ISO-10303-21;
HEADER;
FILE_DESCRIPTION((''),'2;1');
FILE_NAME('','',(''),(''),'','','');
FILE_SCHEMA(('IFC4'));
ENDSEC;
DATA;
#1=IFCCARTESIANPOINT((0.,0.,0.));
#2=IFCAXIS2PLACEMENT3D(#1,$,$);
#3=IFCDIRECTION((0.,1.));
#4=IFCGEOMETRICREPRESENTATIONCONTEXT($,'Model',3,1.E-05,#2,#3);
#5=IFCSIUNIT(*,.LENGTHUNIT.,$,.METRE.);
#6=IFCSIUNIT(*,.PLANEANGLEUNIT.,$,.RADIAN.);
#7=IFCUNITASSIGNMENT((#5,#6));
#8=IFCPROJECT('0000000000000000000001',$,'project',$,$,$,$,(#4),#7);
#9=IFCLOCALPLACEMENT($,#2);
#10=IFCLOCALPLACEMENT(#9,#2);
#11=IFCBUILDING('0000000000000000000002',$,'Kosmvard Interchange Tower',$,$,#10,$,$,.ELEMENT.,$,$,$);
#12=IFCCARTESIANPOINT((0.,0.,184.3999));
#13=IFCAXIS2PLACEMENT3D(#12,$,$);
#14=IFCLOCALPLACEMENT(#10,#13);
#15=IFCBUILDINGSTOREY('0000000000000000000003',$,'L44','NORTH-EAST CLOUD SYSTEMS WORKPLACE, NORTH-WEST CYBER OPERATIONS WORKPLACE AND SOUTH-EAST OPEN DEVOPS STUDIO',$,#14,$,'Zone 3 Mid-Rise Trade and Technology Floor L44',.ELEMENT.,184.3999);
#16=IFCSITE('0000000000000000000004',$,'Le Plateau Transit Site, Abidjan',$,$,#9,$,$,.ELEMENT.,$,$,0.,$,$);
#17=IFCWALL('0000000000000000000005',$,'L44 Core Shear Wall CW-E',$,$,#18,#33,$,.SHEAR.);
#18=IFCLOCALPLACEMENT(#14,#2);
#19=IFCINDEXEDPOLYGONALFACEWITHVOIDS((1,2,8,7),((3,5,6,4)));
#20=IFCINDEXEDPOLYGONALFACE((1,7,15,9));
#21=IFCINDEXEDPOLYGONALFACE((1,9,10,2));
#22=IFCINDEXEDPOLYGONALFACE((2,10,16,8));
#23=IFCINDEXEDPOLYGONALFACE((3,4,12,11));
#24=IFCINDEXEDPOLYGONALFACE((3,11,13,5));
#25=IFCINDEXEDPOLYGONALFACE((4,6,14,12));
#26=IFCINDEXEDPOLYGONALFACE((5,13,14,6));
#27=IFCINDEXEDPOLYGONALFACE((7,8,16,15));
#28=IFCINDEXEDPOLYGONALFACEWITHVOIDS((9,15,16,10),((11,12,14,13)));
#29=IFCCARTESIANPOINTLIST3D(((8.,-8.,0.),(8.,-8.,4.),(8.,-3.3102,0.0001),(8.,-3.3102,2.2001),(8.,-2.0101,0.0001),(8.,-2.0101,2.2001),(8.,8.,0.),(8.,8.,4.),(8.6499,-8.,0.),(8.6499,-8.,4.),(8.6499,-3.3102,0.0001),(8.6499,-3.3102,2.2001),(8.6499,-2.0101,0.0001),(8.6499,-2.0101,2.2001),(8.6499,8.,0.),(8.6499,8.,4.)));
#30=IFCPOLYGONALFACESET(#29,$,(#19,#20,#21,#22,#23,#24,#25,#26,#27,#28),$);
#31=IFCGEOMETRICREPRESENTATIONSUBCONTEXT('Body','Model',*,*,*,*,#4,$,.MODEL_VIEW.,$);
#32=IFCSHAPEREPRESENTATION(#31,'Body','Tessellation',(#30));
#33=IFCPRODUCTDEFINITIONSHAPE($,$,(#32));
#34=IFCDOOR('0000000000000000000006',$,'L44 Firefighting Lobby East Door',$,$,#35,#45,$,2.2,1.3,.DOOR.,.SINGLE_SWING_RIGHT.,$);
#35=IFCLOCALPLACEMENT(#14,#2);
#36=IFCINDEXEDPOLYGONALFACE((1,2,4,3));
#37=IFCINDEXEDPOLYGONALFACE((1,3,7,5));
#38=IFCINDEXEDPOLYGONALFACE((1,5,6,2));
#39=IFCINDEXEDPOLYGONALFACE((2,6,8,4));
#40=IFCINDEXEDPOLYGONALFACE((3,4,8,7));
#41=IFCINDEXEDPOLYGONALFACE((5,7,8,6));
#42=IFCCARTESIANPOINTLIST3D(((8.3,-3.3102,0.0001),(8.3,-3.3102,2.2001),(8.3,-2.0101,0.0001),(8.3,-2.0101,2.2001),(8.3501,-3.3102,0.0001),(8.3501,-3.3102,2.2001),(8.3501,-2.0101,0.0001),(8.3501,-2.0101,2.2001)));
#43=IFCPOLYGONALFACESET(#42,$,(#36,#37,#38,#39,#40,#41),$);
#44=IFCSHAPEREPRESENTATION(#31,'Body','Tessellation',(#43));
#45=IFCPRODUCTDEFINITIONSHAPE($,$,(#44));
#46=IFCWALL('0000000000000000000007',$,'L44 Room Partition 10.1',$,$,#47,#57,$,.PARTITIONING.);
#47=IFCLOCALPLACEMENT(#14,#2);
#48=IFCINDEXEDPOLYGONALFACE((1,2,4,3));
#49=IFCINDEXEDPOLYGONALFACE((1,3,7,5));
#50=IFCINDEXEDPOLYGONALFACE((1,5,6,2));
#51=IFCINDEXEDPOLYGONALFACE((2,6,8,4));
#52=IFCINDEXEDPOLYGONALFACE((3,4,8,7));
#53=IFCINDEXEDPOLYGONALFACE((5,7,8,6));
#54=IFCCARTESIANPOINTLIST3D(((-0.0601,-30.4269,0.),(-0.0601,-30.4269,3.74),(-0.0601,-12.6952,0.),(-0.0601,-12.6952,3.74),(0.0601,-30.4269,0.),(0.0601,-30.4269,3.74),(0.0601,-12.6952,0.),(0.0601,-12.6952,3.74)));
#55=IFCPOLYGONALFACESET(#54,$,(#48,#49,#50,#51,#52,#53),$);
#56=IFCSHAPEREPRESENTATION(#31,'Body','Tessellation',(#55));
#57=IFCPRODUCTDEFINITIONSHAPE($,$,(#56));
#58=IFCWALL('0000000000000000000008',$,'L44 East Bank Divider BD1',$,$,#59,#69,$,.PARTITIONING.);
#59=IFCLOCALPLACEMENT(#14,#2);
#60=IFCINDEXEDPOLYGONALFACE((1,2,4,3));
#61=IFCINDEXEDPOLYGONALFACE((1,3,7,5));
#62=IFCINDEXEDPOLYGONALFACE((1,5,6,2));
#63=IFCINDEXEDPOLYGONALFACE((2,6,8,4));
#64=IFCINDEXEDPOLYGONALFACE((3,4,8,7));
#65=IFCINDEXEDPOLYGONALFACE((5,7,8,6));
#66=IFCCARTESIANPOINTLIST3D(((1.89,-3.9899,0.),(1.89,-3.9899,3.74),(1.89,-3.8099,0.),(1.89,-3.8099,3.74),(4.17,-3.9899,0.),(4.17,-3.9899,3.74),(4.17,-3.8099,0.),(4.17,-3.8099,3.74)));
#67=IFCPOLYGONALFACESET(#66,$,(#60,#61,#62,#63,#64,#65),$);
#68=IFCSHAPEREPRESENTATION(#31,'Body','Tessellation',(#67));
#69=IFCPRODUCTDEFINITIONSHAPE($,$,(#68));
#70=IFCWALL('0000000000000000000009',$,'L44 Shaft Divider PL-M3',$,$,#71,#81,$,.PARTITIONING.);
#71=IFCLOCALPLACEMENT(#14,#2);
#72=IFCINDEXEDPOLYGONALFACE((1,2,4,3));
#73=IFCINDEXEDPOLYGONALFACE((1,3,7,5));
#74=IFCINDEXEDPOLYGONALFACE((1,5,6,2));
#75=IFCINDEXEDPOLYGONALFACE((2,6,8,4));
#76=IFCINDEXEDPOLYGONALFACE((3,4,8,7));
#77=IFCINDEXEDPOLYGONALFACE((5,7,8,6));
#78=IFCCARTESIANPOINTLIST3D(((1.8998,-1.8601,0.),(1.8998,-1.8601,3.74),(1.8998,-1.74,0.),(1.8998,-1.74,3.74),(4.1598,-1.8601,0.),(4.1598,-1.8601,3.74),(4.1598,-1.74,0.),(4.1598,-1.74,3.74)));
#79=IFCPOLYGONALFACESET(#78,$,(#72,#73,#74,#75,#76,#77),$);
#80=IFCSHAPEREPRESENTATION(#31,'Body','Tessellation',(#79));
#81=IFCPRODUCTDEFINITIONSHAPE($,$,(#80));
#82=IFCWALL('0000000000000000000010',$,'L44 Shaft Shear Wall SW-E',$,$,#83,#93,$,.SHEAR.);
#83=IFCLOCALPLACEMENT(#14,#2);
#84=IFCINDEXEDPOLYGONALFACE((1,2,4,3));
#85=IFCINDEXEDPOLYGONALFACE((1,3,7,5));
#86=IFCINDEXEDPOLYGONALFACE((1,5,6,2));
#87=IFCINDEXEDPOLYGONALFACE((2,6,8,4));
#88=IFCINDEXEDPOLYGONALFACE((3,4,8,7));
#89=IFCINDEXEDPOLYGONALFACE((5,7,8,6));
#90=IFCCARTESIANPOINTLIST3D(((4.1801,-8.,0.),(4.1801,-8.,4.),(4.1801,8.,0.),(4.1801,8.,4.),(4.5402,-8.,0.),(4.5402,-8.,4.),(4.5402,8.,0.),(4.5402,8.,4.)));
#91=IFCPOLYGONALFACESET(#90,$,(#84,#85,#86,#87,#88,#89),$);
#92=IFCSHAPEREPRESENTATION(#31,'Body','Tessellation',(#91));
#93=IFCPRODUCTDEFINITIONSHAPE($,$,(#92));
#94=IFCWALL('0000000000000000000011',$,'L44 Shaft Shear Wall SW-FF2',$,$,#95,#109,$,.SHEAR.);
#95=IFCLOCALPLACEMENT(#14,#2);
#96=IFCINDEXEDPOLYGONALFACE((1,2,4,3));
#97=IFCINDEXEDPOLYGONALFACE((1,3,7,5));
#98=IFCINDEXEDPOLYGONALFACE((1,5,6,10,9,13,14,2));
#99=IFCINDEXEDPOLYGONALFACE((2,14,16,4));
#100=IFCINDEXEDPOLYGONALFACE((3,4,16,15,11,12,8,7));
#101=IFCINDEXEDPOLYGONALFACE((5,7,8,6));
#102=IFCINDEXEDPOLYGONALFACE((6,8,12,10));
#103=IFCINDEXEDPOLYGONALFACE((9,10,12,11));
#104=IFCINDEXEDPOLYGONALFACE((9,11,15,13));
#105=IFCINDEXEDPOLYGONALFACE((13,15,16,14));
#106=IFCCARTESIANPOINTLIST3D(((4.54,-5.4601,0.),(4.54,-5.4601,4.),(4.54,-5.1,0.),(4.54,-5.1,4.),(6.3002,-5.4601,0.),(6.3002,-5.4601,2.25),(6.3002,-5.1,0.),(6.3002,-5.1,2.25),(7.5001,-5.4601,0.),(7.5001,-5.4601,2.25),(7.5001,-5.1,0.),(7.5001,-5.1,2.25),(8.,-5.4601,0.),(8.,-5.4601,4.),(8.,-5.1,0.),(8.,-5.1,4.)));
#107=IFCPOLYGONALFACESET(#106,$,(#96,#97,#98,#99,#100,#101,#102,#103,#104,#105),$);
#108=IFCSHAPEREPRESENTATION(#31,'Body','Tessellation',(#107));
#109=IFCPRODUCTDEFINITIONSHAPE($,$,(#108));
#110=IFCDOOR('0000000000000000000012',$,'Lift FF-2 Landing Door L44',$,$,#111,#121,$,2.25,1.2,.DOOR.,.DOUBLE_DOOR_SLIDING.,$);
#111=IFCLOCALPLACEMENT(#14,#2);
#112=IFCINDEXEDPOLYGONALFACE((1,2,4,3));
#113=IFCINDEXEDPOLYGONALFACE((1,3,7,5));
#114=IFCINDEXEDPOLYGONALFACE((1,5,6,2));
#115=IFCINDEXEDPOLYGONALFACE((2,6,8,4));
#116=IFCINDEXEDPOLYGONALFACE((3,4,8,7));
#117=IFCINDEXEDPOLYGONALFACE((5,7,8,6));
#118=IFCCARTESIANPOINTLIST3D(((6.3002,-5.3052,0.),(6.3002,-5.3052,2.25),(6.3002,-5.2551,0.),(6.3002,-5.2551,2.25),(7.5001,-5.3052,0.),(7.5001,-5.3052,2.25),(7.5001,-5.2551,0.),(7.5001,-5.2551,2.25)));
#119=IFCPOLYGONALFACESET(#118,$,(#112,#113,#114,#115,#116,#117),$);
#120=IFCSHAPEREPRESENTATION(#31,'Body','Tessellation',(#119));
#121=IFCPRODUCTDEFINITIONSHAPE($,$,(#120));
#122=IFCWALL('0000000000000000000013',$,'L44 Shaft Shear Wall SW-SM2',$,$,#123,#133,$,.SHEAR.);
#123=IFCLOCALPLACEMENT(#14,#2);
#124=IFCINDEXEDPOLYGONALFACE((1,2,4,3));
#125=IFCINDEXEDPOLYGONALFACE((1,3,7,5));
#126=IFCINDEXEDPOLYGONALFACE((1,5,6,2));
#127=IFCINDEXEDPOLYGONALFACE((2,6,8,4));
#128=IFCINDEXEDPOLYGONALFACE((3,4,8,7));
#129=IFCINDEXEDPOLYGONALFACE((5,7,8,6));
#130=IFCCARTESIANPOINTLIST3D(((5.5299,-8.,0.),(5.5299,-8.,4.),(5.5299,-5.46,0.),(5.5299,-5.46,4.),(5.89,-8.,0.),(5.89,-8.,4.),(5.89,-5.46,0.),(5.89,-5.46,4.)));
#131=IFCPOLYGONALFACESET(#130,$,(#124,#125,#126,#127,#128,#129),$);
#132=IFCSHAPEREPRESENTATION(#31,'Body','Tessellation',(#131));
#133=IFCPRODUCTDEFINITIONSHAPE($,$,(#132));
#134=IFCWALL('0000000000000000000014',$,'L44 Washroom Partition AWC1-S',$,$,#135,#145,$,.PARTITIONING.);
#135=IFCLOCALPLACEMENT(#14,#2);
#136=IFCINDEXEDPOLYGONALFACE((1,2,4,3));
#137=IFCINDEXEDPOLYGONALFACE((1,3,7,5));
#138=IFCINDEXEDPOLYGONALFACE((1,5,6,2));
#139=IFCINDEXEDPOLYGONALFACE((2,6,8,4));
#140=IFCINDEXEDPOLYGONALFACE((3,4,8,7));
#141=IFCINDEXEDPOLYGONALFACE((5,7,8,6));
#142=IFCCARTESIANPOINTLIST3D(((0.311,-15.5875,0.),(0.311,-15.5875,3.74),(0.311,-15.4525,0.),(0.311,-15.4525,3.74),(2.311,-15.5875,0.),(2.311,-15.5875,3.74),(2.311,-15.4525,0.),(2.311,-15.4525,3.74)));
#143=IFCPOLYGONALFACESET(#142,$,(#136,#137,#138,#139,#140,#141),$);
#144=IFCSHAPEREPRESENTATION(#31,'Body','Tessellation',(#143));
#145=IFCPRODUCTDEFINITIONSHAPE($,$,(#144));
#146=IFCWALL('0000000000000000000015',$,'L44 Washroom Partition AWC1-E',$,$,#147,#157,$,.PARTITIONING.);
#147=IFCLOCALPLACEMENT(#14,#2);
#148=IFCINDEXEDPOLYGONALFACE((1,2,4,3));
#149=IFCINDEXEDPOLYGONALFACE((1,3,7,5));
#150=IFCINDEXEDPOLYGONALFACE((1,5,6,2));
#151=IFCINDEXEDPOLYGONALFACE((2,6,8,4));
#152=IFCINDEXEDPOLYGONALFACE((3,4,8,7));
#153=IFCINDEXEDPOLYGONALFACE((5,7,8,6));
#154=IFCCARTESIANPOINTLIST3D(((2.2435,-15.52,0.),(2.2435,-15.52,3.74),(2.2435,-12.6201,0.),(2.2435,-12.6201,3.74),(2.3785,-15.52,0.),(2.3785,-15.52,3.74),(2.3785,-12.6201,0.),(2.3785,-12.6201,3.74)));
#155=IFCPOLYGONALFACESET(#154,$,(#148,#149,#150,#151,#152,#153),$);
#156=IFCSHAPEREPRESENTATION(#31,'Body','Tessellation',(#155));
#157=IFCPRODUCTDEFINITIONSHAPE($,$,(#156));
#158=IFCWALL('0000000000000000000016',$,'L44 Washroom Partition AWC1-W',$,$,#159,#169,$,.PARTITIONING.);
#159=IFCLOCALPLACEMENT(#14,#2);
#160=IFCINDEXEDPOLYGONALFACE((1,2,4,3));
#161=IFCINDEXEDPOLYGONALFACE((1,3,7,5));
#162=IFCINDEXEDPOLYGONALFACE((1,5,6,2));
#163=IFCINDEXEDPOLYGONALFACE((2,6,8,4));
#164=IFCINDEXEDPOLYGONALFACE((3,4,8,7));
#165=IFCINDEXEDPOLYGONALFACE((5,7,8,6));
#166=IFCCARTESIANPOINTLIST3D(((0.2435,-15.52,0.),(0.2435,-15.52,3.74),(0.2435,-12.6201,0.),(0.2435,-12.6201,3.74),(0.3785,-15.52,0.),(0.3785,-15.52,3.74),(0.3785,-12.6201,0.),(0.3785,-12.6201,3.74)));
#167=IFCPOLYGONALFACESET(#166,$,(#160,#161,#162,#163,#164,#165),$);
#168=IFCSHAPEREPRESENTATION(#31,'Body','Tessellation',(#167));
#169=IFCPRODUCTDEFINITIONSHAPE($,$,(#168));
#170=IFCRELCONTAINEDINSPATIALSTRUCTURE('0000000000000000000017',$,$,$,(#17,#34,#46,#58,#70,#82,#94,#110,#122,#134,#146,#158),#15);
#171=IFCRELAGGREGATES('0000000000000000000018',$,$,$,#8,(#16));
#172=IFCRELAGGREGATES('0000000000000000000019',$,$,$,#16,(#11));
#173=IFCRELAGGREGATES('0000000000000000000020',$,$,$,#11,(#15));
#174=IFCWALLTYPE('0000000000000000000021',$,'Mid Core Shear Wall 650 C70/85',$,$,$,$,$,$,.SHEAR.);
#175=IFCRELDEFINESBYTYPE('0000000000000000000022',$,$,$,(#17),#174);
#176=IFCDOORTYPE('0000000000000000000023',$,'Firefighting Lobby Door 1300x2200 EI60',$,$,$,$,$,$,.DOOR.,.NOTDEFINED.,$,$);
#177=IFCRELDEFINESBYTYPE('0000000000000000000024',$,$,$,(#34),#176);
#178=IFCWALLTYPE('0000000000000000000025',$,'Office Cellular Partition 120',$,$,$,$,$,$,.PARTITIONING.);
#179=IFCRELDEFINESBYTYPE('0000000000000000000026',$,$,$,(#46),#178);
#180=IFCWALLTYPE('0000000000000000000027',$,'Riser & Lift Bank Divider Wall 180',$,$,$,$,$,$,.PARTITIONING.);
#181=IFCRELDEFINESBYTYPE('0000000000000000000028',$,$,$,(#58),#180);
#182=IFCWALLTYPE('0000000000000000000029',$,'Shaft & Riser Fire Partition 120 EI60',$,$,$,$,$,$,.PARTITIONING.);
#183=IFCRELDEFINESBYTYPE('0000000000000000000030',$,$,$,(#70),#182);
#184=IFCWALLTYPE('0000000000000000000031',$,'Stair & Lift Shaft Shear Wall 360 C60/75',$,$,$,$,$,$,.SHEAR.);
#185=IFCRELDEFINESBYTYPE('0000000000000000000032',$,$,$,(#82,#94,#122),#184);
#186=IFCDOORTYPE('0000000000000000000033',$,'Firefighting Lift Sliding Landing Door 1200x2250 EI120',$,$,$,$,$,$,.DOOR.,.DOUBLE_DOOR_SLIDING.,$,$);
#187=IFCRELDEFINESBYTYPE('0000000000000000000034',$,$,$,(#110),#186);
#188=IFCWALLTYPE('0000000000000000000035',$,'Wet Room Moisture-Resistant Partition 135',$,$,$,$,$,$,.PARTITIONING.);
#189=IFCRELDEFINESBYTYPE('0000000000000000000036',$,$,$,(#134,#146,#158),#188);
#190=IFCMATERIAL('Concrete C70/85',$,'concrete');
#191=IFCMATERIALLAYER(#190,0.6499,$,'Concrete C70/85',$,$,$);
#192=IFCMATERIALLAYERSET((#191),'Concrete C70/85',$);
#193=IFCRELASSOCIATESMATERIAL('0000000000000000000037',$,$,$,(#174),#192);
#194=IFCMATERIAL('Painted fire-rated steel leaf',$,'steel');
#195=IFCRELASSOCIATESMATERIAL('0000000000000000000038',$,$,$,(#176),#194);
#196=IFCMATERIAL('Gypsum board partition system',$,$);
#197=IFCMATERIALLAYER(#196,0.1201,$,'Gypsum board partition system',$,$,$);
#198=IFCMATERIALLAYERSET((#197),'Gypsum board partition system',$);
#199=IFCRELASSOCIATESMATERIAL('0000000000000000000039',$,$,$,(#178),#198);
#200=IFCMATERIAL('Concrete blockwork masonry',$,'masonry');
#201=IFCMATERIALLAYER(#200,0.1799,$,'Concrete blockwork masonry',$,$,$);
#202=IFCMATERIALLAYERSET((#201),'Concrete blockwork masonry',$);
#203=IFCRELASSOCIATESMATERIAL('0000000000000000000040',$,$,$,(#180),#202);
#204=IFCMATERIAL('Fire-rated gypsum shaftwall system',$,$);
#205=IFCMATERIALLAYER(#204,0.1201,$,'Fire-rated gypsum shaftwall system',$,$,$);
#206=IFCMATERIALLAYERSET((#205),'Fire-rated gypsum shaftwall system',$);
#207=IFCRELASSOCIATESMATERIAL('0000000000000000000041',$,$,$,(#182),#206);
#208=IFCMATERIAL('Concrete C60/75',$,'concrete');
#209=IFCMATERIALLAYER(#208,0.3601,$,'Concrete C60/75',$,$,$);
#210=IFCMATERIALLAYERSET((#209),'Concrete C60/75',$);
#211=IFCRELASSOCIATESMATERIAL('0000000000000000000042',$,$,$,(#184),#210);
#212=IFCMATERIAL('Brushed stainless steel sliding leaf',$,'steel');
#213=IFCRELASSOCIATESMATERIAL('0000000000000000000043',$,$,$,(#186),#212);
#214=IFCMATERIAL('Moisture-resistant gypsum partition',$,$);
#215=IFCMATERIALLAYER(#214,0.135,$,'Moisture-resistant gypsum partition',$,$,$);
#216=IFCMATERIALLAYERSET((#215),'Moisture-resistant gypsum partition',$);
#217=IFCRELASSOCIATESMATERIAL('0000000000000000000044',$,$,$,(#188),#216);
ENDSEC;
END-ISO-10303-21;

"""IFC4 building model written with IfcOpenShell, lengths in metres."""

from ifc_helpers import new_model, si_unit, direction, frame, frame_2d, origin, place, context, subcontext, project, spatial, rectangle, extrude, source, transform, mapped, material, layer, layer_set, type_object, element, fill, save


model = new_model("IFC4")

# Units and contexts
model_context = context("Model", 3, precision=1e-05, world=origin(), true_north=direction((0.0, 1.0)))
body_context = subcontext(model_context, "Body", "Model", "MODEL_VIEW")
ifc_project = project(units=[si_unit("LENGTHUNIT", "METRE"), si_unit("PLANEANGLEUNIT", "RADIAN")], contexts=[model_context])

# Site, building, storey
site_placement = place(None, origin())
site = spatial("IfcSite", under=ifc_project, at=site_placement, Name="Le Plateau Transit Site, Abidjan", CompositionType="ELEMENT", RefElevation=0.0)
building_placement = place(site_placement, origin())
building = spatial("IfcBuilding", under=site, at=building_placement, Name="Kosmvard Interchange Tower", CompositionType="ELEMENT")
storey_placement = place(building_placement, frame((0.0, 0.0, 184.3999)))
storey = spatial("IfcBuildingStorey", under=building, at=storey_placement, Name="L44", Description="NORTH-EAST CLOUD SYSTEMS WORKPLACE, NORTH-WEST CYBER OPERATIONS WORKPLACE AND SOUTH-EAST OPEN DEVOPS STUDIO", LongName="Zone 3 Mid-Rise Trade and Technology Floor L44", CompositionType="ELEMENT", Elevation=184.3999)

# Shared definitions
ifc_material_1 = material(Name="Concrete C60/75", Category="concrete")

# Shared definitions
ifc_material_2 = material(Name="Painted fire-rated steel leaf", Category="steel")
ifc_material_3 = material(Name="Brushed stainless steel sliding leaf", Category="steel")

# Wall, opening, door
ifc_material_4 = material(Name="Concrete C70/85", Category="concrete")
ifc_layer_1 = layer(ifc_material_4, 0.6499, Name="Concrete C70/85")
ifc_layer_set_1 = layer_set([ifc_layer_1], Name="Concrete C70/85")
wall_type_1 = type_object("IfcWallType", Name="Mid Core Shear Wall 650 C70/85", PredefinedType="SHEAR", material=ifc_layer_set_1)
wall_1_placement = place(storey_placement, frame((8.325, -8.0, 0.0), z_axis=(0.0, 0.0, 1.0), x_axis=(0.0, 1.0, 0.0)))
wall_1 = element("IfcWall", 1, at=wall_1_placement, inside=storey, type_object=wall_type_1, Name="L44 Core Shear Wall CW-E", PredefinedType="SHEAR", context=body_context, shape_type="SweptSolid", body=[
    extrude(rectangle(XDim=16.0, YDim=0.6499, at=frame_2d((8.0, 0.0))), origin(), (0.0, 0.0, 1.0), 4.0),
])
opening_1_placement = place(wall_1_placement, frame((4.6899, 0.0, 0.0)))
opening_1 = element("IfcOpeningElement", 2, at=opening_1_placement, cuts=wall_1, PredefinedType="OPENING", context=body_context, shape_type="SweptSolid", body=[
    extrude(rectangle(XDim=1.3, YDim=2.2, at=frame_2d((0.6499, 1.1001))), frame((0.0, 0.335, 0.0), z_axis=(0.0, -1.0, 0.0), x_axis=(1.0, 0.0, 0.0)), (0.0, 0.0, 1.0), 0.6699),
])
door_type_1 = type_object("IfcDoorType", Name="Firefighting Lobby Door 1300x2200 EI60", OperationType="NOTDEFINED", PredefinedType="DOOR", material=ifc_material_2)
shared_shape_1 = source(origin(), body_context, "Body", "SweptSolid", [
    extrude(rectangle(XDim=1.3, YDim=2.2, at=frame_2d((0.6499, 1.1001))), frame((0.0, 0.0249, 0.0), z_axis=(0.0, -1.0, 0.0), x_axis=(1.0, 0.0, 0.0)), (0.0, 0.0, 1.0), 0.05),
])
door_1_placement = place(opening_1_placement, origin())
door_1 = element("IfcDoor", 3, at=door_1_placement, inside=storey, type_object=door_type_1, Name="L44 Firefighting Lobby East Door", OperationType="SINGLE_SWING_RIGHT", OverallHeight=2.2, OverallWidth=1.3, PredefinedType="DOOR", context=body_context, shape_type="MappedRepresentation", body=[
    mapped(shared_shape_1, transform((0.0, 0.0, 0.0), scale=1.0)),
])
fill(opening_1, door_1)

# Walls
ifc_material_5 = material(Name="Gypsum board partition system")
ifc_layer_2 = layer(ifc_material_5, 0.1201, Name="Gypsum board partition system")
ifc_layer_set_2 = layer_set([ifc_layer_2], Name="Gypsum board partition system")
wall_type_2 = type_object("IfcWallType", Name="Office Cellular Partition 120", PredefinedType="PARTITIONING", material=ifc_layer_set_2)
wall_2_placement = place(storey_placement, frame((0.0, -30.4268, 0.0), z_axis=(0.0, 0.0, 1.0), x_axis=(0.0, 1.0, 0.0)))
element("IfcWall", 4, at=wall_2_placement, inside=storey, type_object=wall_type_2, Name="L44 Room Partition 10.1", PredefinedType="PARTITIONING", context=body_context, shape_type="SweptSolid", body=[
    extrude(rectangle(XDim=17.7317, YDim=0.1201, at=frame_2d((8.8657, 0.0))), origin(), (0.0, 0.0, 1.0), 3.74),
])
ifc_material_6 = material(Name="Concrete blockwork masonry", Category="masonry")
ifc_layer_3 = layer(ifc_material_6, 0.1799, Name="Concrete blockwork masonry")
ifc_layer_set_3 = layer_set([ifc_layer_3], Name="Concrete blockwork masonry")
wall_type_3 = type_object("IfcWallType", Name="Riser & Lift Bank Divider Wall 180", PredefinedType="PARTITIONING", material=ifc_layer_set_3)
wall_3_placement = place(storey_placement, frame((1.8899, -3.8999, 0.0), z_axis=(0.0, 0.0, 1.0), x_axis=(1.0, 0.0, 0.0)))
element("IfcWall", 5, at=wall_3_placement, inside=storey, type_object=wall_type_3, Name="L44 East Bank Divider BD1", PredefinedType="PARTITIONING", context=body_context, shape_type="SweptSolid", body=[
    extrude(rectangle(XDim=2.28, YDim=0.1799, at=frame_2d((1.1401, 0.0))), origin(), (0.0, 0.0, 1.0), 3.74),
])
ifc_material_7 = material(Name="Fire-rated gypsum shaftwall system")
ifc_layer_4 = layer(ifc_material_7, 0.1201, Name="Fire-rated gypsum shaftwall system")
ifc_layer_set_4 = layer_set([ifc_layer_4], Name="Fire-rated gypsum shaftwall system")
wall_type_4 = type_object("IfcWallType", Name="Shaft & Riser Fire Partition 120 EI60", PredefinedType="PARTITIONING", material=ifc_layer_set_4)
wall_4_placement = place(storey_placement, frame((1.8999, -1.8, 0.0), z_axis=(0.0, 0.0, 1.0), x_axis=(1.0, 0.0, 0.0)))
element("IfcWall", 6, at=wall_4_placement, inside=storey, type_object=wall_type_4, Name="L44 Shaft Divider PL-M3", PredefinedType="PARTITIONING", context=body_context, shape_type="SweptSolid", body=[
    extrude(rectangle(XDim=2.26, YDim=0.1201, at=frame_2d((1.1299, 0.0))), origin(), (0.0, 0.0, 1.0), 3.74),
])
ifc_layer_5 = layer(ifc_material_1, 0.3601, Name="Concrete C60/75")
ifc_layer_set_5 = layer_set([ifc_layer_5], Name="Concrete C60/75")
wall_type_5 = type_object("IfcWallType", Name="Stair & Lift Shaft Shear Wall 360 C60/75", PredefinedType="SHEAR", material=ifc_layer_set_5)
wall_5_placement = place(storey_placement, frame((4.3601, -8.0, 0.0), z_axis=(0.0, 0.0, 1.0), x_axis=(0.0, 1.0, 0.0)))
element("IfcWall", 7, at=wall_5_placement, inside=storey, type_object=wall_type_5, Name="L44 Shaft Shear Wall SW-E", PredefinedType="SHEAR", context=body_context, shape_type="SweptSolid", body=[
    extrude(rectangle(XDim=16.0, YDim=0.3601, at=frame_2d((8.0, 0.0))), origin(), (0.0, 0.0, 1.0), 4.0),
])

# Wall, opening, door
wall_6_placement = place(storey_placement, frame((4.54, -5.28, 0.0), z_axis=(0.0, 0.0, 1.0), x_axis=(1.0, 0.0, 0.0)))
wall_6 = element("IfcWall", 8, at=wall_6_placement, inside=storey, type_object=wall_type_5, Name="L44 Shaft Shear Wall SW-FF2", PredefinedType="SHEAR", context=body_context, shape_type="SweptSolid", body=[
    extrude(rectangle(XDim=3.46, YDim=0.3601, at=frame_2d((1.73, 0.0))), origin(), (0.0, 0.0, 1.0), 4.0),
])
opening_2_placement = place(wall_6_placement, frame((1.76, 0.0, 0.0)))
opening_2 = element("IfcOpeningElement", 9, at=opening_2_placement, cuts=wall_6, PredefinedType="OPENING", context=body_context, shape_type="SweptSolid", body=[
    extrude(rectangle(XDim=1.2, YDim=2.25, at=frame_2d((0.6001, 1.125))), frame((0.0, 0.1899, 0.0), z_axis=(0.0, -1.0, 0.0), x_axis=(1.0, 0.0, 0.0)), (0.0, 0.0, 1.0), 0.3801),
])
door_type_2 = type_object("IfcDoorType", Name="Firefighting Lift Sliding Landing Door 1200x2250 EI120", OperationType="DOUBLE_DOOR_SLIDING", PredefinedType="DOOR", material=ifc_material_3)
shared_shape_2 = source(origin(), body_context, "Body", "SweptSolid", [
    extrude(rectangle(XDim=1.2, YDim=2.25, at=frame_2d((0.6001, 1.125))), frame((0.0, 0.0249, 0.0), z_axis=(0.0, -1.0, 0.0), x_axis=(1.0, 0.0, 0.0)), (0.0, 0.0, 1.0), 0.05),
])
door_2_placement = place(opening_2_placement, origin())
door_2 = element("IfcDoor", 10, at=door_2_placement, inside=storey, type_object=door_type_2, Name="Lift FF-2 Landing Door L44", OperationType="DOUBLE_DOOR_SLIDING", OverallHeight=2.25, OverallWidth=1.2, PredefinedType="DOOR", context=body_context, shape_type="MappedRepresentation", body=[
    mapped(shared_shape_2, transform((0.0, 0.0, 0.0), scale=1.0)),
])
fill(opening_2, door_2)

# Walls
wall_7_placement = place(storey_placement, frame((5.71, -8.0, 0.0), z_axis=(0.0, 0.0, 1.0), x_axis=(0.0, 1.0, 0.0)))
element("IfcWall", 11, at=wall_7_placement, inside=storey, type_object=wall_type_5, Name="L44 Shaft Shear Wall SW-SM2", PredefinedType="SHEAR", context=body_context, shape_type="SweptSolid", body=[
    extrude(rectangle(XDim=2.54, YDim=0.3601, at=frame_2d((1.27, 0.0))), origin(), (0.0, 0.0, 1.0), 4.0),
])
ifc_material_8 = material(Name="Moisture-resistant gypsum partition")
ifc_layer_6 = layer(ifc_material_8, 0.135, Name="Moisture-resistant gypsum partition")
ifc_layer_set_6 = layer_set([ifc_layer_6], Name="Moisture-resistant gypsum partition")
wall_type_6 = type_object("IfcWallType", Name="Wet Room Moisture-Resistant Partition 135", PredefinedType="PARTITIONING", material=ifc_layer_set_6)
wall_8_placement = place(storey_placement, frame((0.311, -15.52, 0.0), z_axis=(0.0, 0.0, 1.0), x_axis=(1.0, 0.0, 0.0)))
element("IfcWall", 12, at=wall_8_placement, inside=storey, type_object=wall_type_6, Name="L44 Washroom Partition AWC1-S", PredefinedType="PARTITIONING", context=body_context, shape_type="SweptSolid", body=[
    extrude(rectangle(XDim=2.0, YDim=0.135, at=frame_2d((1.0, 0.0))), origin(), (0.0, 0.0, 1.0), 3.74),
])
for number, where, z_axis, x_axis, name in (
    (13, (2.311, -15.52, 0.0), (0.0, 0.0, 1.0), (0.0, 1.0, 0.0), "L44 Washroom Partition AWC1-E"),
    (14, (0.311, -15.52, 0.0), (0.0, 0.0, 1.0), (0.0, 1.0, 0.0), "L44 Washroom Partition AWC1-W"),
):
    element("IfcWall", number, at=place(storey_placement, frame(where, z_axis=z_axis, x_axis=x_axis)), inside=storey, type_object=wall_type_6, Name=name, PredefinedType="PARTITIONING", context=body_context, shape_type="SweptSolid", body=[
        extrude(rectangle(XDim=2.8999, YDim=0.135, at=frame_2d((1.45, 0.0))), origin(), (0.0, 0.0, 1.0), 3.74),
    ])

save(model, "model.ifc")
